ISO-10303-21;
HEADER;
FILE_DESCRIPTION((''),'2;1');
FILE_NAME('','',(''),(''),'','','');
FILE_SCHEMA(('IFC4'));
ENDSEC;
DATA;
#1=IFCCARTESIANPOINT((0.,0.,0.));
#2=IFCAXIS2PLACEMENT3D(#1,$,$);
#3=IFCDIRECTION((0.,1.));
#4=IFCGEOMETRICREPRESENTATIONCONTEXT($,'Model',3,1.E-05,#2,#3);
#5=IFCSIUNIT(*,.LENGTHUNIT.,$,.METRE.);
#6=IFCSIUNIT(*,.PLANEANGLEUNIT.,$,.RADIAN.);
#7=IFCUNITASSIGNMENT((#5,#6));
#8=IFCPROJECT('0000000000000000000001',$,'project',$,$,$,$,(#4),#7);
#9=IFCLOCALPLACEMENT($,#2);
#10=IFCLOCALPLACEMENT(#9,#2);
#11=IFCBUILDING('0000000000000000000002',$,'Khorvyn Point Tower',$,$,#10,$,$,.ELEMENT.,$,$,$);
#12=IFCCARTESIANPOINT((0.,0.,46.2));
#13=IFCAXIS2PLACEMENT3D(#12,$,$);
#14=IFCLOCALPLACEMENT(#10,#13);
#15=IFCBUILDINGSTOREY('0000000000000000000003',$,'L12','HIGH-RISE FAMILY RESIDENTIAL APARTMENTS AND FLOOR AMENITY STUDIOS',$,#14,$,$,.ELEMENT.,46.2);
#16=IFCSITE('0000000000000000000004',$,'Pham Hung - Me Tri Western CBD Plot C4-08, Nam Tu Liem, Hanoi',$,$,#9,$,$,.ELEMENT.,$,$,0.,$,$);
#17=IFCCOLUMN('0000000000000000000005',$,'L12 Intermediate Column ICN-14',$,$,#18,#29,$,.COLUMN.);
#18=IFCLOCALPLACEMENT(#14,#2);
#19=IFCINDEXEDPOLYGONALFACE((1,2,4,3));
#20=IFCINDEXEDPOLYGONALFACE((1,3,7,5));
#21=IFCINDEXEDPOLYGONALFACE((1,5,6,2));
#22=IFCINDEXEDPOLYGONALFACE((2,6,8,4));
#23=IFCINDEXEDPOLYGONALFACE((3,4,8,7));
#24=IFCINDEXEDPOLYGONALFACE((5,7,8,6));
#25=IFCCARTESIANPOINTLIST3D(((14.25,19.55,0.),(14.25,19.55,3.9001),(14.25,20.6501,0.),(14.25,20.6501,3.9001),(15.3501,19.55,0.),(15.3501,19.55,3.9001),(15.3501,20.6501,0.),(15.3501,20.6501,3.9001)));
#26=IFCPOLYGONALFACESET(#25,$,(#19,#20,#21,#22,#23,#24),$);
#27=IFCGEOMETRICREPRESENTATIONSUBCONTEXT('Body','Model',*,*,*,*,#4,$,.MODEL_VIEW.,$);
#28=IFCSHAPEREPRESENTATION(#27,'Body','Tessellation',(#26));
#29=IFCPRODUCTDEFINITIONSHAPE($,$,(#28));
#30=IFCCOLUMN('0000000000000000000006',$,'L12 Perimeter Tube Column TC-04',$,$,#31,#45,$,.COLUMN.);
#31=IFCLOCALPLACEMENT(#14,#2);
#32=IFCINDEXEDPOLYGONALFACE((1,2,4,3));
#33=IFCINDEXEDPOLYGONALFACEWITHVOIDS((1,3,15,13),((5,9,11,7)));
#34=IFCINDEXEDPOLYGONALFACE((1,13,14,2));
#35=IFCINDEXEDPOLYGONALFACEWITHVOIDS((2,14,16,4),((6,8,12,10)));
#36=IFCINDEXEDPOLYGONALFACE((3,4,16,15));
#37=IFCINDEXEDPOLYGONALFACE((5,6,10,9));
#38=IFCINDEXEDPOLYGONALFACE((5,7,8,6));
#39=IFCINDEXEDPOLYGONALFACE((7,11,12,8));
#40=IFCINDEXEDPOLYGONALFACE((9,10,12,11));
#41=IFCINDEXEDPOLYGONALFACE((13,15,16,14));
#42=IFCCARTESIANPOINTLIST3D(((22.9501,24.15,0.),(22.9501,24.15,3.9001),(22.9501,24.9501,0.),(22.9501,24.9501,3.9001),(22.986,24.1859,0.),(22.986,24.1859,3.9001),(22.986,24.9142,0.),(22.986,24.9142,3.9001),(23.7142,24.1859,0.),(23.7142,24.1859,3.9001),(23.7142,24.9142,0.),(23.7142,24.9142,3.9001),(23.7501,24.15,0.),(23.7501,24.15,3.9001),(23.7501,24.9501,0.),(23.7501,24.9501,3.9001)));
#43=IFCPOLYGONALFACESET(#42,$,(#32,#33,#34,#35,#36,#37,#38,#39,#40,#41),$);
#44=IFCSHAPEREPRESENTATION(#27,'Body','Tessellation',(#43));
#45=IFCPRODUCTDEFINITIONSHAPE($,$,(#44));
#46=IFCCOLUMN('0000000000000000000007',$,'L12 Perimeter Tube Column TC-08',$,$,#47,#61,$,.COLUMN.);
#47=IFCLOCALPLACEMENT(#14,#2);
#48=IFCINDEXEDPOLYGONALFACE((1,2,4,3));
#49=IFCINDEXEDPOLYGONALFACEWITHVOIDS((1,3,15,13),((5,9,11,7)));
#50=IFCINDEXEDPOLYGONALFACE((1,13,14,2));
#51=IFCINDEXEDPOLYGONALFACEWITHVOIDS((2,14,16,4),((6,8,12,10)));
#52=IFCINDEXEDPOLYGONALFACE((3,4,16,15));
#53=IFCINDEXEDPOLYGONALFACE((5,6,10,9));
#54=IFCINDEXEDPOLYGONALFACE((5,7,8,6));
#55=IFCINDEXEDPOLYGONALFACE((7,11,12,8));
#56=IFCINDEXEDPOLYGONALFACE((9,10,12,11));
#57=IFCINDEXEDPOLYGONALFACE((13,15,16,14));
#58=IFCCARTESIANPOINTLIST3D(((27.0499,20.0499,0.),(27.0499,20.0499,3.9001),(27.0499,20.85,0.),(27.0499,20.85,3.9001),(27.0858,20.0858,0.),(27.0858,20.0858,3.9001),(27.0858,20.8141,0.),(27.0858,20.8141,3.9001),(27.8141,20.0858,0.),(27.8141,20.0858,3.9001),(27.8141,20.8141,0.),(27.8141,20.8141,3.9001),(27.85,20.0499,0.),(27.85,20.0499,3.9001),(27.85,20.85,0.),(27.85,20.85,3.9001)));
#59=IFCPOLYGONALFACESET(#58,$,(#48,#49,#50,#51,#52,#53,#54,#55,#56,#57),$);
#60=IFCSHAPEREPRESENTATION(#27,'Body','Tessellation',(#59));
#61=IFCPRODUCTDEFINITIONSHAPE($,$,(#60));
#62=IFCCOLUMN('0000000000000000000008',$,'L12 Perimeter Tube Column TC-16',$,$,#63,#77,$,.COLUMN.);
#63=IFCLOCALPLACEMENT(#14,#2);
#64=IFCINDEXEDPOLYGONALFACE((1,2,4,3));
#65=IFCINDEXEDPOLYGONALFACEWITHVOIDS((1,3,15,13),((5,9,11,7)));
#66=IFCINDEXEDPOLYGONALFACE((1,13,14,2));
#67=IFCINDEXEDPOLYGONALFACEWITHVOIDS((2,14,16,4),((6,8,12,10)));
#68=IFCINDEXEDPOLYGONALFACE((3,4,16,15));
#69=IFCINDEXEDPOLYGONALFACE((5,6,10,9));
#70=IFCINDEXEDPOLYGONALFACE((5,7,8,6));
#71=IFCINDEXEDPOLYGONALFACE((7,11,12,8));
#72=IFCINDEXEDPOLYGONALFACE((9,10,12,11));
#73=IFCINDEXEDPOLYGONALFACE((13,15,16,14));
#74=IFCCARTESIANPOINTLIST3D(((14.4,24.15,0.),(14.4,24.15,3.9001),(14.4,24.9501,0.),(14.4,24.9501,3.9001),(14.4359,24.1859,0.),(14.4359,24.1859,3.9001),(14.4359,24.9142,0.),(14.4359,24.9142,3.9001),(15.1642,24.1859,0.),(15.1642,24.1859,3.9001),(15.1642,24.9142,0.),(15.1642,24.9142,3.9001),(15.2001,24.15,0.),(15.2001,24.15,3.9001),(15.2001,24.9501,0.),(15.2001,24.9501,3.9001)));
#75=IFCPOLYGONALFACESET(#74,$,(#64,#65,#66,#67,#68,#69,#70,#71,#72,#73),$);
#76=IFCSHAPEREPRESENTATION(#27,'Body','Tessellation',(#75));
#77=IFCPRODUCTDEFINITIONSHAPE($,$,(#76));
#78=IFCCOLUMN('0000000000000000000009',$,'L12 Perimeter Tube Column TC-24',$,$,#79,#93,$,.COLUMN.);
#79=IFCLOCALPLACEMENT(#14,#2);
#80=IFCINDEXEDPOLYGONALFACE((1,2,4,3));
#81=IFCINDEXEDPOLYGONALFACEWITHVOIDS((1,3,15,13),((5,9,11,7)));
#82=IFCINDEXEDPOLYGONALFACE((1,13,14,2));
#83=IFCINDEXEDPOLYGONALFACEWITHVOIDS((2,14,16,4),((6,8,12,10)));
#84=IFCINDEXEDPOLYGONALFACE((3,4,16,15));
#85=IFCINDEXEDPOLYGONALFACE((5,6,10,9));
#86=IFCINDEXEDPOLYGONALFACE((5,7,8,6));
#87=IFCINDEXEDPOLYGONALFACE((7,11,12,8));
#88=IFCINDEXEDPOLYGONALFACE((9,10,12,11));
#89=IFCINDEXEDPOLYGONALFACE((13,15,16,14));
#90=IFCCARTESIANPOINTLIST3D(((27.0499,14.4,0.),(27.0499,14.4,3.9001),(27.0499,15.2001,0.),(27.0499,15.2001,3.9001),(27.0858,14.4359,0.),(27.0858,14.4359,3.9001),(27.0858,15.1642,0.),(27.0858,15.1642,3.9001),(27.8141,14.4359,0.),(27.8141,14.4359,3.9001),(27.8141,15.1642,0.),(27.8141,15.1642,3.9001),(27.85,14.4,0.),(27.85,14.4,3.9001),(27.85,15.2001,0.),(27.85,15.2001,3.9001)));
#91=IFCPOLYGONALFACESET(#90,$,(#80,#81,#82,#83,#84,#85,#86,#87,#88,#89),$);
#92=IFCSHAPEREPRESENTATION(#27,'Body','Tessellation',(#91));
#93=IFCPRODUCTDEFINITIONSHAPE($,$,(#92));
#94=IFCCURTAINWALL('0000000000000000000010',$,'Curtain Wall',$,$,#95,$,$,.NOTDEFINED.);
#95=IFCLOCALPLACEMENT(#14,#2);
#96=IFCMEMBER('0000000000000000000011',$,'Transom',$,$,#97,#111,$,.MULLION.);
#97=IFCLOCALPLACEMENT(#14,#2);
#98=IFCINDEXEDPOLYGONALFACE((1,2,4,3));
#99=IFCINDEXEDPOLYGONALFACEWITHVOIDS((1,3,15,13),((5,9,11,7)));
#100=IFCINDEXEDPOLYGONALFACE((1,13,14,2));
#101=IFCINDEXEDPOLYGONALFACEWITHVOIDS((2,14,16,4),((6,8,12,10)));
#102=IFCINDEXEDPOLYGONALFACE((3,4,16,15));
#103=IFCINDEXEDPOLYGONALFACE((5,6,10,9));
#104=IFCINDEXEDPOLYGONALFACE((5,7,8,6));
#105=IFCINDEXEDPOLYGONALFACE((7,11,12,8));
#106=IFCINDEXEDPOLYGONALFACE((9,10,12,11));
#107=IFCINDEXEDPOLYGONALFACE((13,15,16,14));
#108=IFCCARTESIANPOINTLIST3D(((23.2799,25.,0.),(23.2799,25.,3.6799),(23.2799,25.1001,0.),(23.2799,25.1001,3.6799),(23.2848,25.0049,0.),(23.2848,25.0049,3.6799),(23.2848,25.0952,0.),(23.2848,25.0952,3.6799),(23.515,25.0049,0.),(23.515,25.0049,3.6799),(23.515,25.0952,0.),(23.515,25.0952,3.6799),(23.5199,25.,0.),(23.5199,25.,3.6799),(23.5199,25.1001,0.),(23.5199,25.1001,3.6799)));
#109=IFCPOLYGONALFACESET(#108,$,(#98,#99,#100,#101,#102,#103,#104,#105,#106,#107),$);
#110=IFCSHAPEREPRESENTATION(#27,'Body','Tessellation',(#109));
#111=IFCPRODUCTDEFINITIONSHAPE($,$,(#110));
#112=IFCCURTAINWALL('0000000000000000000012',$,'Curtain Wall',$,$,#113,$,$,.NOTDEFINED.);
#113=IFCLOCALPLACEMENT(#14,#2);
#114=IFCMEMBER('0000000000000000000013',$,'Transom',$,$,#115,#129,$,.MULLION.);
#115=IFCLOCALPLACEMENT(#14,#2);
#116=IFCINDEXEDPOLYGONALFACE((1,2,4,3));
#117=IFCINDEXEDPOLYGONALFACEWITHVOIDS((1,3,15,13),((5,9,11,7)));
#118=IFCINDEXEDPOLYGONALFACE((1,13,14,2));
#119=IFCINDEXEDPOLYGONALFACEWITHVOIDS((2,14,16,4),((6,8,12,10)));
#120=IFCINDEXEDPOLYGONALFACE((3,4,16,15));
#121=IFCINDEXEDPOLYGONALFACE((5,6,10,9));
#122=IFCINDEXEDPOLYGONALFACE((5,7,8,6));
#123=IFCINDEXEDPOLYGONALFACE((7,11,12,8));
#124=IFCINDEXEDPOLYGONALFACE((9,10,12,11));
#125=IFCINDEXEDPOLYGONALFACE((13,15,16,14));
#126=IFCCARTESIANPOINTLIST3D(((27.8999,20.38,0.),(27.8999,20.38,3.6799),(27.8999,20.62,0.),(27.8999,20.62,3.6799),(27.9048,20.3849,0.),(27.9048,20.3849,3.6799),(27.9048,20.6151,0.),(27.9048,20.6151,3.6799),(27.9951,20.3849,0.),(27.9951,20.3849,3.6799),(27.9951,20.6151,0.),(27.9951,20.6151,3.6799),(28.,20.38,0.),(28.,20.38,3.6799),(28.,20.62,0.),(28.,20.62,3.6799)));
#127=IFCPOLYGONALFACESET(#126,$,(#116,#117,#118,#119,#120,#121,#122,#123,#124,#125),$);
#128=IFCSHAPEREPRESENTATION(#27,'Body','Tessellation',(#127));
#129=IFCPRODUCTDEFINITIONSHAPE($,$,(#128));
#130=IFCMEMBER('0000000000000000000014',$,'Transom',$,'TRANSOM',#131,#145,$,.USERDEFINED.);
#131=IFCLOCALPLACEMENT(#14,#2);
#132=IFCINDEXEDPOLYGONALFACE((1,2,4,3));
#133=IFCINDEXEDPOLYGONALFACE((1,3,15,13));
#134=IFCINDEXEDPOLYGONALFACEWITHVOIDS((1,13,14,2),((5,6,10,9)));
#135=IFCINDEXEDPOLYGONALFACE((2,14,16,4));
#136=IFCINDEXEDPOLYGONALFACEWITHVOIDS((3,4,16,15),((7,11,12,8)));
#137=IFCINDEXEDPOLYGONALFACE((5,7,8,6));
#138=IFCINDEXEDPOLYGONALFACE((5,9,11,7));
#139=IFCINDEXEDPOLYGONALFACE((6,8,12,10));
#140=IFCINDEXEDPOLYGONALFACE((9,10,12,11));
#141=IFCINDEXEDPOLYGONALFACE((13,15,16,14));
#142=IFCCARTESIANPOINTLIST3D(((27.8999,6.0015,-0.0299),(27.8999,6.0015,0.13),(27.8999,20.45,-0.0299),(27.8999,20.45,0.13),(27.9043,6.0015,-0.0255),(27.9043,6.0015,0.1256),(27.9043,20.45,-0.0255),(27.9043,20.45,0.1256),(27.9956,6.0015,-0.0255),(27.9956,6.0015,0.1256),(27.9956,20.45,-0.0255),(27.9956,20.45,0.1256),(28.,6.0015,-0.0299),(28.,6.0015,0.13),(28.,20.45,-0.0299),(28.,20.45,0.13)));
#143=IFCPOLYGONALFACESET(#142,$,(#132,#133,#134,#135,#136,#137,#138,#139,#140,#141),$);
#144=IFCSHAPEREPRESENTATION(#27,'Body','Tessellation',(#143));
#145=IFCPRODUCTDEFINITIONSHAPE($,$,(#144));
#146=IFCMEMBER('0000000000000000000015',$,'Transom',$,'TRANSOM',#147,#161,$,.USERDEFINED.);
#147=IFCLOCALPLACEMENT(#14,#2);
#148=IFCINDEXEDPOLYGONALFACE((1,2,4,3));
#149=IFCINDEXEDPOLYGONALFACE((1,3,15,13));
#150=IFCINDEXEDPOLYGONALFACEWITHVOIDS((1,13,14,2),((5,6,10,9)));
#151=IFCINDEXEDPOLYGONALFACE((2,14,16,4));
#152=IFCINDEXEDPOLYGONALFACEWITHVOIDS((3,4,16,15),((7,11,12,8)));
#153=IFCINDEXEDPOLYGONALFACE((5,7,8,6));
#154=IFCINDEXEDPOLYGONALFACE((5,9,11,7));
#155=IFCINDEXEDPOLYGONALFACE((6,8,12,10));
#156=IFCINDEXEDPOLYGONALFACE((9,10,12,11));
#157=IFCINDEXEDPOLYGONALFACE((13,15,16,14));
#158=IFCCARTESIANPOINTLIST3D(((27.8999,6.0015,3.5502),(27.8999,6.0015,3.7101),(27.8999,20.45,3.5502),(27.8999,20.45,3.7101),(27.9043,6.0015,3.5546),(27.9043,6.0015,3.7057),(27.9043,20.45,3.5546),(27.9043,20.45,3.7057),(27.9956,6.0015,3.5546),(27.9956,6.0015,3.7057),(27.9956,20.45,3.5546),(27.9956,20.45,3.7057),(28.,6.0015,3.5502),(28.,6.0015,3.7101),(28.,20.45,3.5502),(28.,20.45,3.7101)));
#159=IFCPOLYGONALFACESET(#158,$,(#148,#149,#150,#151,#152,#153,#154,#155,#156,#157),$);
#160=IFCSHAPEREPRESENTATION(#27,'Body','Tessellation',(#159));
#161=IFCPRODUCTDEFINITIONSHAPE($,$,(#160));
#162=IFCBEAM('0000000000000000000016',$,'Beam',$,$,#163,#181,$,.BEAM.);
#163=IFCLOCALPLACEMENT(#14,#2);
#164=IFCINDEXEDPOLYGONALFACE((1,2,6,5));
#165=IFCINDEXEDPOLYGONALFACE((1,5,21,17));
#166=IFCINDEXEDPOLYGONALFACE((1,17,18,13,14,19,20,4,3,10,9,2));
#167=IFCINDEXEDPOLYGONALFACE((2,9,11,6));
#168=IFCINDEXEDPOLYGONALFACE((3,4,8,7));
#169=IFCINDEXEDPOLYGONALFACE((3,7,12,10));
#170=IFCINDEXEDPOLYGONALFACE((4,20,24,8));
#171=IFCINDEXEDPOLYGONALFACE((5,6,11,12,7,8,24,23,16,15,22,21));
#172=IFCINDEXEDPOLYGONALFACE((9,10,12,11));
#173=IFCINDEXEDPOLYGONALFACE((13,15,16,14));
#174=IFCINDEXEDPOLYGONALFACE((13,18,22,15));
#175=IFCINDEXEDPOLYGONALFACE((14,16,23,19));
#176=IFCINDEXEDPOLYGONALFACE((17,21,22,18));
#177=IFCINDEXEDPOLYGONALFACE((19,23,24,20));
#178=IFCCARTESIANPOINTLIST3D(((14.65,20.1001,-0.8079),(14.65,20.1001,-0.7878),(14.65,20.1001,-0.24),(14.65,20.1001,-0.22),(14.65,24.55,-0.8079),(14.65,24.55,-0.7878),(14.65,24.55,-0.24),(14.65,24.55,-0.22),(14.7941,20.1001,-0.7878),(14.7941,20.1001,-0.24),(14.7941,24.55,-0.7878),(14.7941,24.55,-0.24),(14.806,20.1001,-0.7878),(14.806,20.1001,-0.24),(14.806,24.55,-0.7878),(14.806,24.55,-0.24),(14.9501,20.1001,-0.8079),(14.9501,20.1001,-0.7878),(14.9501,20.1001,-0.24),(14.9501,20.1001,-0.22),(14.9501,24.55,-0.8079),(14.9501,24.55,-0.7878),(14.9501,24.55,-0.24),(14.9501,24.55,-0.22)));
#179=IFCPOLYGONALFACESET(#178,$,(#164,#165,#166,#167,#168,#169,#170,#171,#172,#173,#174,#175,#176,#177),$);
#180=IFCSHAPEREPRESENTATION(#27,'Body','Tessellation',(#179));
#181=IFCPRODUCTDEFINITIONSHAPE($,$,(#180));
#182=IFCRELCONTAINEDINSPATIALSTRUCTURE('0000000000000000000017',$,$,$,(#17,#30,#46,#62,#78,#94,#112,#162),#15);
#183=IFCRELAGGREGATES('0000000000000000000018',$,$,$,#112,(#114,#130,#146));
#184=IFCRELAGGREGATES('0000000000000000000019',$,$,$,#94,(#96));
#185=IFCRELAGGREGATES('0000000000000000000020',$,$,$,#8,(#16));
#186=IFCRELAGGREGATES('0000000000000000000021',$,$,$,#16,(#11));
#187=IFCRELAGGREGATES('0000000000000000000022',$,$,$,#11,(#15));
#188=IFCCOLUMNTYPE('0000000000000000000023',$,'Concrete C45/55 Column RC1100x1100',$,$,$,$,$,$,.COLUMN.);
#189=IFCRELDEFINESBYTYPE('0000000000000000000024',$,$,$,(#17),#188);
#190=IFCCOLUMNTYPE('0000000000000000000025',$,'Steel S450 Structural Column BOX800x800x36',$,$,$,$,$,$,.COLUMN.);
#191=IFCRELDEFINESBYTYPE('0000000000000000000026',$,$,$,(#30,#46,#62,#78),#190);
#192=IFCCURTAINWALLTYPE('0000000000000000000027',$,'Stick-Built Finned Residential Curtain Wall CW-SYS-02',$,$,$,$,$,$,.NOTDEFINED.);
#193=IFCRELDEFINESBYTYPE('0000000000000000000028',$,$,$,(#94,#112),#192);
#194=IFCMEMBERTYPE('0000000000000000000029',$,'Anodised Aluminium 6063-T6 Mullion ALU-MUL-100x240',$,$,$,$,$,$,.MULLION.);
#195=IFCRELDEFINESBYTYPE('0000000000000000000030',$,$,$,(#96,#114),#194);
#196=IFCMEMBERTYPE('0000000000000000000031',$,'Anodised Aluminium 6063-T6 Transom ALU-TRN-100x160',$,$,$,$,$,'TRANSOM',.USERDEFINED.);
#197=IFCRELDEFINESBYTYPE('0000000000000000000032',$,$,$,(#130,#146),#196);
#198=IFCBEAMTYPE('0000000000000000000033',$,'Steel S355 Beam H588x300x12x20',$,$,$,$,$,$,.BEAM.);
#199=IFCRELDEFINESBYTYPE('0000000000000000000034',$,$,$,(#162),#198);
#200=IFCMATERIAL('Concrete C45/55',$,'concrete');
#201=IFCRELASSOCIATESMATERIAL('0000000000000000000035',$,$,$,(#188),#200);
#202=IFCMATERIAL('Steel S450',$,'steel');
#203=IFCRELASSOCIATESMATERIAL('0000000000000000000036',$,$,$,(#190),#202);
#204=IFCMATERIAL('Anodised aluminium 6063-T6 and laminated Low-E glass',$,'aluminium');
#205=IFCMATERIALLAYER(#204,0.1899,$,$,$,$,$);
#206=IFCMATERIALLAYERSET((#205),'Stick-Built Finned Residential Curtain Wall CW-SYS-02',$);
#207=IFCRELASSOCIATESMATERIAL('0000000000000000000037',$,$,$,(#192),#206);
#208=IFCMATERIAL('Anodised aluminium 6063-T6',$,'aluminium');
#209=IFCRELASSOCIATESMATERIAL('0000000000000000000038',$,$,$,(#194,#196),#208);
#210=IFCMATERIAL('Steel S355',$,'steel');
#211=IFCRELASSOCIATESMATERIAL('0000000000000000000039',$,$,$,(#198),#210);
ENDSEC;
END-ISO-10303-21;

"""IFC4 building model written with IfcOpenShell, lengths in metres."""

from ifc_helpers import new_model, si_unit, direction, frame, origin, origin_2d, place, context, subcontext, project, spatial, rectangle, hollow_rectangle, i_section, extrude, material, layer, layer_set, material_profile, profile_set, type_object, element, aggregate, save


model = new_model("IFC4")

# Units and contexts
model_context = context("Model", 3, precision=1e-05, world=origin(), true_north=direction((0.0, 1.0)))
body_context = subcontext(model_context, "Body", "Model", "MODEL_VIEW")
ifc_project = project(units=[si_unit("LENGTHUNIT", "METRE"), si_unit("PLANEANGLEUNIT", "RADIAN")], contexts=[model_context])

# Site, building, storey
site_placement = place(None, origin())
site = spatial("IfcSite", under=ifc_project, at=site_placement, Name="Pham Hung - Me Tri Western CBD Plot C4-08, Nam Tu Liem, Hanoi", CompositionType="ELEMENT", RefElevation=0.0)
building_placement = place(site_placement, origin())
building = spatial("IfcBuilding", under=site, at=building_placement, Name="Khorvyn Point Tower", CompositionType="ELEMENT")
storey_placement = place(building_placement, frame((0.0, 0.0, 46.2)))
storey = spatial("IfcBuildingStorey", under=building, at=storey_placement, Name="L12", Description="HIGH-RISE FAMILY RESIDENTIAL APARTMENTS AND FLOOR AMENITY STUDIOS", CompositionType="ELEMENT", Elevation=46.2)

# Columns
ifc_material_1 = material(Name="Concrete C45/55", Category="concrete")
ifc_material_profile_1 = material_profile(ifc_material_1, rectangle(XDim=1.1001, YDim=1.1001, at=origin_2d()))
ifc_profile_set_1 = profile_set([ifc_material_profile_1], Name="Concrete C45/55 RC1100x1100")
column_type_1 = type_object("IfcColumnType", Name="Concrete C45/55 Column RC1100x1100", PredefinedType="COLUMN", material=ifc_profile_set_1)
column_placement = place(storey_placement, frame((14.8, 20.1001, 0.0), z_axis=(0.0, 0.0, 1.0), x_axis=(1.0, 0.0, 0.0)))
element("IfcColumn", 1, at=column_placement, inside=storey, type_object=column_type_1, Name="L12 Intermediate Column ICN-14", PredefinedType="COLUMN", context=body_context, shape_type="SweptSolid", body=[
    extrude(rectangle(XDim=1.1001, YDim=1.1001, at=origin_2d()), origin(), (0.0, 0.0, 1.0), 3.9001),
])
ifc_material_2 = material(Name="Steel S450", Category="steel")
ifc_material_profile_2 = material_profile(ifc_material_2, hollow_rectangle(XDim=0.8, YDim=0.8, WallThickness=0.0359, at=origin_2d()))
ifc_profile_set_2 = profile_set([ifc_material_profile_2], Name="Steel S450 BOX800x800x36")
column_type_2 = type_object("IfcColumnType", Name="Steel S450 Structural Column BOX800x800x36", PredefinedType="COLUMN", material=ifc_profile_set_2)
for number, where, z_axis, x_axis, name in (
    (2, (23.3501, 24.55, 0.0), (0.0, 0.0, 1.0), (1.0, 0.0, 0.0), "L12 Perimeter Tube Column TC-04"),
    (3, (27.45, 20.45, 0.0), (0.0, 0.0, 1.0), (1.0, 0.0, 0.0), "L12 Perimeter Tube Column TC-08"),
    (4, (14.8, 24.55, 0.0), (0.0, 0.0, 1.0), (1.0, 0.0, 0.0), "L12 Perimeter Tube Column TC-16"),
    (5, (27.45, 14.8, 0.0), (0.0, 0.0, 1.0), (1.0, 0.0, 0.0), "L12 Perimeter Tube Column TC-24"),
):
    element("IfcColumn", number, at=place(storey_placement, frame(where, z_axis=z_axis, x_axis=x_axis)), inside=storey, type_object=column_type_2, Name=name, PredefinedType="COLUMN", context=body_context, shape_type="SweptSolid", body=[
        extrude(hollow_rectangle(XDim=0.8, YDim=0.8, WallThickness=0.0359, at=origin_2d()), origin(), (0.0, 0.0, 1.0), 3.9001),
    ])

# Curtain wall, member
ifc_material_3 = material(Name="Anodised aluminium 6063-T6 and laminated Low-E glass", Category="aluminium")
ifc_layer_1 = layer(ifc_material_3, 0.1899)
ifc_layer_set_1 = layer_set([ifc_layer_1], Name="Stick-Built Finned Residential Curtain Wall CW-SYS-02")
curtain_wall_type = type_object("IfcCurtainWallType", Name="Stick-Built Finned Residential Curtain Wall CW-SYS-02", PredefinedType="NOTDEFINED", material=ifc_layer_set_1)
curtain_wall_1_placement = place(storey_placement, origin())
curtain_wall_1 = element("IfcCurtainWall", 6, at=curtain_wall_1_placement, inside=storey, type_object=curtain_wall_type, Name="Curtain Wall", PredefinedType="NOTDEFINED")
ifc_material_4 = material(Name="Anodised aluminium 6063-T6", Category="aluminium")
ifc_material_profile_3 = material_profile(ifc_material_4, hollow_rectangle(XDim=0.1001, YDim=0.24, WallThickness=0.0049, at=origin_2d()))
ifc_profile_set_3 = profile_set([ifc_material_profile_3], Name="Anodised aluminium 6063-T6 ALU-MUL-100x240")
member_type_1 = type_object("IfcMemberType", Name="Anodised Aluminium 6063-T6 Mullion ALU-MUL-100x240", PredefinedType="MULLION", material=ifc_profile_set_3)
member_1_placement = place(storey_placement, frame((23.3999, 25.05, 0.0), z_axis=(0.0, 0.0, 1.0), x_axis=(0.0, 1.0, 0.0)))
member_1 = element("IfcMember", 7, at=member_1_placement, type_object=member_type_1, Name="Transom", PredefinedType="MULLION", context=body_context, shape_type="SweptSolid", body=[
    extrude(hollow_rectangle(XDim=0.1001, YDim=0.24, WallThickness=0.0049, at=origin_2d()), origin(), (0.0, 0.0, 1.0), 3.6799),
])

# Curtain wall, members
curtain_wall_2_placement = place(storey_placement, origin())
curtain_wall_2 = element("IfcCurtainWall", 8, at=curtain_wall_2_placement, inside=storey, type_object=curtain_wall_type, Name="Curtain Wall", PredefinedType="NOTDEFINED")
member_2_placement = place(storey_placement, frame((27.95, 20.5, 0.0), z_axis=(0.0, 0.0, 1.0), x_axis=(1.0, 0.0, 0.0)))
member_2 = element("IfcMember", 9, at=member_2_placement, type_object=member_type_1, Name="Transom", PredefinedType="MULLION", context=body_context, shape_type="SweptSolid", body=[
    extrude(hollow_rectangle(XDim=0.1001, YDim=0.24, WallThickness=0.0049, at=origin_2d()), origin(), (0.0, 0.0, 1.0), 3.6799),
])
ifc_material_profile_4 = material_profile(ifc_material_4, hollow_rectangle(XDim=0.1001, YDim=0.1599, WallThickness=0.0044, at=origin_2d()))
ifc_profile_set_4 = profile_set([ifc_material_profile_4], Name="Anodised aluminium 6063-T6 ALU-TRN-100x160")
member_type_2 = type_object("IfcMemberType", Name="Anodised Aluminium 6063-T6 Transom ALU-TRN-100x160", ElementType="TRANSOM", PredefinedType="USERDEFINED", material=ifc_profile_set_4)
member_3_placement = place(storey_placement, frame((27.95, 20.45, 0.05), z_axis=(0.0, -1.0, 0.0), x_axis=(1.0, 0.0, 0.0)))
member_3 = element("IfcMember", 10, at=member_3_placement, type_object=member_type_2, Name="Transom", ObjectType="TRANSOM", PredefinedType="USERDEFINED", context=body_context, shape_type="SweptSolid", body=[
    extrude(hollow_rectangle(XDim=0.1001, YDim=0.1599, WallThickness=0.0044, at=origin_2d()), origin(), (0.0, 0.0, 1.0), 14.4485),
])
member_4_placement = place(storey_placement, frame((27.95, 20.45, 3.6301), z_axis=(0.0, -1.0, 0.0), x_axis=(1.0, 0.0, 0.0)))
member_4 = element("IfcMember", 11, at=member_4_placement, type_object=member_type_2, Name="Transom", ObjectType="TRANSOM", PredefinedType="USERDEFINED", context=body_context, shape_type="SweptSolid", body=[
    extrude(hollow_rectangle(XDim=0.1001, YDim=0.1599, WallThickness=0.0044, at=origin_2d()), origin(), (0.0, 0.0, 1.0), 14.4485),
])
aggregate(curtain_wall_2, [member_2, member_3, member_4])

# Beam
ifc_material_5 = material(Name="Steel S355", Category="steel")
ifc_material_profile_5 = material_profile(ifc_material_5, i_section(OverallWidth=0.3, OverallDepth=0.5879, WebThickness=0.012, FlangeThickness=0.02, at=origin_2d()))
ifc_profile_set_5 = profile_set([ifc_material_profile_5], Name="Steel S355 H588x300x12x20")
beam_type_1 = type_object("IfcBeamType", Name="Steel S355 Beam H588x300x12x20", PredefinedType="BEAM", material=ifc_profile_set_5)
beam_1_placement = place(storey_placement, frame((14.8, 20.1001, -0.5139), z_axis=(0.0, 1.0, 0.0), x_axis=(-1.0, 0.0, 0.0)))
element("IfcBeam", 12, at=beam_1_placement, inside=storey, type_object=beam_type_1, Name="Beam", PredefinedType="BEAM", context=body_context, shape_type="SweptSolid", body=[
    extrude(i_section(OverallWidth=0.3, OverallDepth=0.5879, WebThickness=0.012, FlangeThickness=0.02, at=origin_2d()), origin(), (0.0, 0.0, 1.0), 4.45),
])

aggregate(curtain_wall_1, [member_1])

save(model, "model.ifc")
